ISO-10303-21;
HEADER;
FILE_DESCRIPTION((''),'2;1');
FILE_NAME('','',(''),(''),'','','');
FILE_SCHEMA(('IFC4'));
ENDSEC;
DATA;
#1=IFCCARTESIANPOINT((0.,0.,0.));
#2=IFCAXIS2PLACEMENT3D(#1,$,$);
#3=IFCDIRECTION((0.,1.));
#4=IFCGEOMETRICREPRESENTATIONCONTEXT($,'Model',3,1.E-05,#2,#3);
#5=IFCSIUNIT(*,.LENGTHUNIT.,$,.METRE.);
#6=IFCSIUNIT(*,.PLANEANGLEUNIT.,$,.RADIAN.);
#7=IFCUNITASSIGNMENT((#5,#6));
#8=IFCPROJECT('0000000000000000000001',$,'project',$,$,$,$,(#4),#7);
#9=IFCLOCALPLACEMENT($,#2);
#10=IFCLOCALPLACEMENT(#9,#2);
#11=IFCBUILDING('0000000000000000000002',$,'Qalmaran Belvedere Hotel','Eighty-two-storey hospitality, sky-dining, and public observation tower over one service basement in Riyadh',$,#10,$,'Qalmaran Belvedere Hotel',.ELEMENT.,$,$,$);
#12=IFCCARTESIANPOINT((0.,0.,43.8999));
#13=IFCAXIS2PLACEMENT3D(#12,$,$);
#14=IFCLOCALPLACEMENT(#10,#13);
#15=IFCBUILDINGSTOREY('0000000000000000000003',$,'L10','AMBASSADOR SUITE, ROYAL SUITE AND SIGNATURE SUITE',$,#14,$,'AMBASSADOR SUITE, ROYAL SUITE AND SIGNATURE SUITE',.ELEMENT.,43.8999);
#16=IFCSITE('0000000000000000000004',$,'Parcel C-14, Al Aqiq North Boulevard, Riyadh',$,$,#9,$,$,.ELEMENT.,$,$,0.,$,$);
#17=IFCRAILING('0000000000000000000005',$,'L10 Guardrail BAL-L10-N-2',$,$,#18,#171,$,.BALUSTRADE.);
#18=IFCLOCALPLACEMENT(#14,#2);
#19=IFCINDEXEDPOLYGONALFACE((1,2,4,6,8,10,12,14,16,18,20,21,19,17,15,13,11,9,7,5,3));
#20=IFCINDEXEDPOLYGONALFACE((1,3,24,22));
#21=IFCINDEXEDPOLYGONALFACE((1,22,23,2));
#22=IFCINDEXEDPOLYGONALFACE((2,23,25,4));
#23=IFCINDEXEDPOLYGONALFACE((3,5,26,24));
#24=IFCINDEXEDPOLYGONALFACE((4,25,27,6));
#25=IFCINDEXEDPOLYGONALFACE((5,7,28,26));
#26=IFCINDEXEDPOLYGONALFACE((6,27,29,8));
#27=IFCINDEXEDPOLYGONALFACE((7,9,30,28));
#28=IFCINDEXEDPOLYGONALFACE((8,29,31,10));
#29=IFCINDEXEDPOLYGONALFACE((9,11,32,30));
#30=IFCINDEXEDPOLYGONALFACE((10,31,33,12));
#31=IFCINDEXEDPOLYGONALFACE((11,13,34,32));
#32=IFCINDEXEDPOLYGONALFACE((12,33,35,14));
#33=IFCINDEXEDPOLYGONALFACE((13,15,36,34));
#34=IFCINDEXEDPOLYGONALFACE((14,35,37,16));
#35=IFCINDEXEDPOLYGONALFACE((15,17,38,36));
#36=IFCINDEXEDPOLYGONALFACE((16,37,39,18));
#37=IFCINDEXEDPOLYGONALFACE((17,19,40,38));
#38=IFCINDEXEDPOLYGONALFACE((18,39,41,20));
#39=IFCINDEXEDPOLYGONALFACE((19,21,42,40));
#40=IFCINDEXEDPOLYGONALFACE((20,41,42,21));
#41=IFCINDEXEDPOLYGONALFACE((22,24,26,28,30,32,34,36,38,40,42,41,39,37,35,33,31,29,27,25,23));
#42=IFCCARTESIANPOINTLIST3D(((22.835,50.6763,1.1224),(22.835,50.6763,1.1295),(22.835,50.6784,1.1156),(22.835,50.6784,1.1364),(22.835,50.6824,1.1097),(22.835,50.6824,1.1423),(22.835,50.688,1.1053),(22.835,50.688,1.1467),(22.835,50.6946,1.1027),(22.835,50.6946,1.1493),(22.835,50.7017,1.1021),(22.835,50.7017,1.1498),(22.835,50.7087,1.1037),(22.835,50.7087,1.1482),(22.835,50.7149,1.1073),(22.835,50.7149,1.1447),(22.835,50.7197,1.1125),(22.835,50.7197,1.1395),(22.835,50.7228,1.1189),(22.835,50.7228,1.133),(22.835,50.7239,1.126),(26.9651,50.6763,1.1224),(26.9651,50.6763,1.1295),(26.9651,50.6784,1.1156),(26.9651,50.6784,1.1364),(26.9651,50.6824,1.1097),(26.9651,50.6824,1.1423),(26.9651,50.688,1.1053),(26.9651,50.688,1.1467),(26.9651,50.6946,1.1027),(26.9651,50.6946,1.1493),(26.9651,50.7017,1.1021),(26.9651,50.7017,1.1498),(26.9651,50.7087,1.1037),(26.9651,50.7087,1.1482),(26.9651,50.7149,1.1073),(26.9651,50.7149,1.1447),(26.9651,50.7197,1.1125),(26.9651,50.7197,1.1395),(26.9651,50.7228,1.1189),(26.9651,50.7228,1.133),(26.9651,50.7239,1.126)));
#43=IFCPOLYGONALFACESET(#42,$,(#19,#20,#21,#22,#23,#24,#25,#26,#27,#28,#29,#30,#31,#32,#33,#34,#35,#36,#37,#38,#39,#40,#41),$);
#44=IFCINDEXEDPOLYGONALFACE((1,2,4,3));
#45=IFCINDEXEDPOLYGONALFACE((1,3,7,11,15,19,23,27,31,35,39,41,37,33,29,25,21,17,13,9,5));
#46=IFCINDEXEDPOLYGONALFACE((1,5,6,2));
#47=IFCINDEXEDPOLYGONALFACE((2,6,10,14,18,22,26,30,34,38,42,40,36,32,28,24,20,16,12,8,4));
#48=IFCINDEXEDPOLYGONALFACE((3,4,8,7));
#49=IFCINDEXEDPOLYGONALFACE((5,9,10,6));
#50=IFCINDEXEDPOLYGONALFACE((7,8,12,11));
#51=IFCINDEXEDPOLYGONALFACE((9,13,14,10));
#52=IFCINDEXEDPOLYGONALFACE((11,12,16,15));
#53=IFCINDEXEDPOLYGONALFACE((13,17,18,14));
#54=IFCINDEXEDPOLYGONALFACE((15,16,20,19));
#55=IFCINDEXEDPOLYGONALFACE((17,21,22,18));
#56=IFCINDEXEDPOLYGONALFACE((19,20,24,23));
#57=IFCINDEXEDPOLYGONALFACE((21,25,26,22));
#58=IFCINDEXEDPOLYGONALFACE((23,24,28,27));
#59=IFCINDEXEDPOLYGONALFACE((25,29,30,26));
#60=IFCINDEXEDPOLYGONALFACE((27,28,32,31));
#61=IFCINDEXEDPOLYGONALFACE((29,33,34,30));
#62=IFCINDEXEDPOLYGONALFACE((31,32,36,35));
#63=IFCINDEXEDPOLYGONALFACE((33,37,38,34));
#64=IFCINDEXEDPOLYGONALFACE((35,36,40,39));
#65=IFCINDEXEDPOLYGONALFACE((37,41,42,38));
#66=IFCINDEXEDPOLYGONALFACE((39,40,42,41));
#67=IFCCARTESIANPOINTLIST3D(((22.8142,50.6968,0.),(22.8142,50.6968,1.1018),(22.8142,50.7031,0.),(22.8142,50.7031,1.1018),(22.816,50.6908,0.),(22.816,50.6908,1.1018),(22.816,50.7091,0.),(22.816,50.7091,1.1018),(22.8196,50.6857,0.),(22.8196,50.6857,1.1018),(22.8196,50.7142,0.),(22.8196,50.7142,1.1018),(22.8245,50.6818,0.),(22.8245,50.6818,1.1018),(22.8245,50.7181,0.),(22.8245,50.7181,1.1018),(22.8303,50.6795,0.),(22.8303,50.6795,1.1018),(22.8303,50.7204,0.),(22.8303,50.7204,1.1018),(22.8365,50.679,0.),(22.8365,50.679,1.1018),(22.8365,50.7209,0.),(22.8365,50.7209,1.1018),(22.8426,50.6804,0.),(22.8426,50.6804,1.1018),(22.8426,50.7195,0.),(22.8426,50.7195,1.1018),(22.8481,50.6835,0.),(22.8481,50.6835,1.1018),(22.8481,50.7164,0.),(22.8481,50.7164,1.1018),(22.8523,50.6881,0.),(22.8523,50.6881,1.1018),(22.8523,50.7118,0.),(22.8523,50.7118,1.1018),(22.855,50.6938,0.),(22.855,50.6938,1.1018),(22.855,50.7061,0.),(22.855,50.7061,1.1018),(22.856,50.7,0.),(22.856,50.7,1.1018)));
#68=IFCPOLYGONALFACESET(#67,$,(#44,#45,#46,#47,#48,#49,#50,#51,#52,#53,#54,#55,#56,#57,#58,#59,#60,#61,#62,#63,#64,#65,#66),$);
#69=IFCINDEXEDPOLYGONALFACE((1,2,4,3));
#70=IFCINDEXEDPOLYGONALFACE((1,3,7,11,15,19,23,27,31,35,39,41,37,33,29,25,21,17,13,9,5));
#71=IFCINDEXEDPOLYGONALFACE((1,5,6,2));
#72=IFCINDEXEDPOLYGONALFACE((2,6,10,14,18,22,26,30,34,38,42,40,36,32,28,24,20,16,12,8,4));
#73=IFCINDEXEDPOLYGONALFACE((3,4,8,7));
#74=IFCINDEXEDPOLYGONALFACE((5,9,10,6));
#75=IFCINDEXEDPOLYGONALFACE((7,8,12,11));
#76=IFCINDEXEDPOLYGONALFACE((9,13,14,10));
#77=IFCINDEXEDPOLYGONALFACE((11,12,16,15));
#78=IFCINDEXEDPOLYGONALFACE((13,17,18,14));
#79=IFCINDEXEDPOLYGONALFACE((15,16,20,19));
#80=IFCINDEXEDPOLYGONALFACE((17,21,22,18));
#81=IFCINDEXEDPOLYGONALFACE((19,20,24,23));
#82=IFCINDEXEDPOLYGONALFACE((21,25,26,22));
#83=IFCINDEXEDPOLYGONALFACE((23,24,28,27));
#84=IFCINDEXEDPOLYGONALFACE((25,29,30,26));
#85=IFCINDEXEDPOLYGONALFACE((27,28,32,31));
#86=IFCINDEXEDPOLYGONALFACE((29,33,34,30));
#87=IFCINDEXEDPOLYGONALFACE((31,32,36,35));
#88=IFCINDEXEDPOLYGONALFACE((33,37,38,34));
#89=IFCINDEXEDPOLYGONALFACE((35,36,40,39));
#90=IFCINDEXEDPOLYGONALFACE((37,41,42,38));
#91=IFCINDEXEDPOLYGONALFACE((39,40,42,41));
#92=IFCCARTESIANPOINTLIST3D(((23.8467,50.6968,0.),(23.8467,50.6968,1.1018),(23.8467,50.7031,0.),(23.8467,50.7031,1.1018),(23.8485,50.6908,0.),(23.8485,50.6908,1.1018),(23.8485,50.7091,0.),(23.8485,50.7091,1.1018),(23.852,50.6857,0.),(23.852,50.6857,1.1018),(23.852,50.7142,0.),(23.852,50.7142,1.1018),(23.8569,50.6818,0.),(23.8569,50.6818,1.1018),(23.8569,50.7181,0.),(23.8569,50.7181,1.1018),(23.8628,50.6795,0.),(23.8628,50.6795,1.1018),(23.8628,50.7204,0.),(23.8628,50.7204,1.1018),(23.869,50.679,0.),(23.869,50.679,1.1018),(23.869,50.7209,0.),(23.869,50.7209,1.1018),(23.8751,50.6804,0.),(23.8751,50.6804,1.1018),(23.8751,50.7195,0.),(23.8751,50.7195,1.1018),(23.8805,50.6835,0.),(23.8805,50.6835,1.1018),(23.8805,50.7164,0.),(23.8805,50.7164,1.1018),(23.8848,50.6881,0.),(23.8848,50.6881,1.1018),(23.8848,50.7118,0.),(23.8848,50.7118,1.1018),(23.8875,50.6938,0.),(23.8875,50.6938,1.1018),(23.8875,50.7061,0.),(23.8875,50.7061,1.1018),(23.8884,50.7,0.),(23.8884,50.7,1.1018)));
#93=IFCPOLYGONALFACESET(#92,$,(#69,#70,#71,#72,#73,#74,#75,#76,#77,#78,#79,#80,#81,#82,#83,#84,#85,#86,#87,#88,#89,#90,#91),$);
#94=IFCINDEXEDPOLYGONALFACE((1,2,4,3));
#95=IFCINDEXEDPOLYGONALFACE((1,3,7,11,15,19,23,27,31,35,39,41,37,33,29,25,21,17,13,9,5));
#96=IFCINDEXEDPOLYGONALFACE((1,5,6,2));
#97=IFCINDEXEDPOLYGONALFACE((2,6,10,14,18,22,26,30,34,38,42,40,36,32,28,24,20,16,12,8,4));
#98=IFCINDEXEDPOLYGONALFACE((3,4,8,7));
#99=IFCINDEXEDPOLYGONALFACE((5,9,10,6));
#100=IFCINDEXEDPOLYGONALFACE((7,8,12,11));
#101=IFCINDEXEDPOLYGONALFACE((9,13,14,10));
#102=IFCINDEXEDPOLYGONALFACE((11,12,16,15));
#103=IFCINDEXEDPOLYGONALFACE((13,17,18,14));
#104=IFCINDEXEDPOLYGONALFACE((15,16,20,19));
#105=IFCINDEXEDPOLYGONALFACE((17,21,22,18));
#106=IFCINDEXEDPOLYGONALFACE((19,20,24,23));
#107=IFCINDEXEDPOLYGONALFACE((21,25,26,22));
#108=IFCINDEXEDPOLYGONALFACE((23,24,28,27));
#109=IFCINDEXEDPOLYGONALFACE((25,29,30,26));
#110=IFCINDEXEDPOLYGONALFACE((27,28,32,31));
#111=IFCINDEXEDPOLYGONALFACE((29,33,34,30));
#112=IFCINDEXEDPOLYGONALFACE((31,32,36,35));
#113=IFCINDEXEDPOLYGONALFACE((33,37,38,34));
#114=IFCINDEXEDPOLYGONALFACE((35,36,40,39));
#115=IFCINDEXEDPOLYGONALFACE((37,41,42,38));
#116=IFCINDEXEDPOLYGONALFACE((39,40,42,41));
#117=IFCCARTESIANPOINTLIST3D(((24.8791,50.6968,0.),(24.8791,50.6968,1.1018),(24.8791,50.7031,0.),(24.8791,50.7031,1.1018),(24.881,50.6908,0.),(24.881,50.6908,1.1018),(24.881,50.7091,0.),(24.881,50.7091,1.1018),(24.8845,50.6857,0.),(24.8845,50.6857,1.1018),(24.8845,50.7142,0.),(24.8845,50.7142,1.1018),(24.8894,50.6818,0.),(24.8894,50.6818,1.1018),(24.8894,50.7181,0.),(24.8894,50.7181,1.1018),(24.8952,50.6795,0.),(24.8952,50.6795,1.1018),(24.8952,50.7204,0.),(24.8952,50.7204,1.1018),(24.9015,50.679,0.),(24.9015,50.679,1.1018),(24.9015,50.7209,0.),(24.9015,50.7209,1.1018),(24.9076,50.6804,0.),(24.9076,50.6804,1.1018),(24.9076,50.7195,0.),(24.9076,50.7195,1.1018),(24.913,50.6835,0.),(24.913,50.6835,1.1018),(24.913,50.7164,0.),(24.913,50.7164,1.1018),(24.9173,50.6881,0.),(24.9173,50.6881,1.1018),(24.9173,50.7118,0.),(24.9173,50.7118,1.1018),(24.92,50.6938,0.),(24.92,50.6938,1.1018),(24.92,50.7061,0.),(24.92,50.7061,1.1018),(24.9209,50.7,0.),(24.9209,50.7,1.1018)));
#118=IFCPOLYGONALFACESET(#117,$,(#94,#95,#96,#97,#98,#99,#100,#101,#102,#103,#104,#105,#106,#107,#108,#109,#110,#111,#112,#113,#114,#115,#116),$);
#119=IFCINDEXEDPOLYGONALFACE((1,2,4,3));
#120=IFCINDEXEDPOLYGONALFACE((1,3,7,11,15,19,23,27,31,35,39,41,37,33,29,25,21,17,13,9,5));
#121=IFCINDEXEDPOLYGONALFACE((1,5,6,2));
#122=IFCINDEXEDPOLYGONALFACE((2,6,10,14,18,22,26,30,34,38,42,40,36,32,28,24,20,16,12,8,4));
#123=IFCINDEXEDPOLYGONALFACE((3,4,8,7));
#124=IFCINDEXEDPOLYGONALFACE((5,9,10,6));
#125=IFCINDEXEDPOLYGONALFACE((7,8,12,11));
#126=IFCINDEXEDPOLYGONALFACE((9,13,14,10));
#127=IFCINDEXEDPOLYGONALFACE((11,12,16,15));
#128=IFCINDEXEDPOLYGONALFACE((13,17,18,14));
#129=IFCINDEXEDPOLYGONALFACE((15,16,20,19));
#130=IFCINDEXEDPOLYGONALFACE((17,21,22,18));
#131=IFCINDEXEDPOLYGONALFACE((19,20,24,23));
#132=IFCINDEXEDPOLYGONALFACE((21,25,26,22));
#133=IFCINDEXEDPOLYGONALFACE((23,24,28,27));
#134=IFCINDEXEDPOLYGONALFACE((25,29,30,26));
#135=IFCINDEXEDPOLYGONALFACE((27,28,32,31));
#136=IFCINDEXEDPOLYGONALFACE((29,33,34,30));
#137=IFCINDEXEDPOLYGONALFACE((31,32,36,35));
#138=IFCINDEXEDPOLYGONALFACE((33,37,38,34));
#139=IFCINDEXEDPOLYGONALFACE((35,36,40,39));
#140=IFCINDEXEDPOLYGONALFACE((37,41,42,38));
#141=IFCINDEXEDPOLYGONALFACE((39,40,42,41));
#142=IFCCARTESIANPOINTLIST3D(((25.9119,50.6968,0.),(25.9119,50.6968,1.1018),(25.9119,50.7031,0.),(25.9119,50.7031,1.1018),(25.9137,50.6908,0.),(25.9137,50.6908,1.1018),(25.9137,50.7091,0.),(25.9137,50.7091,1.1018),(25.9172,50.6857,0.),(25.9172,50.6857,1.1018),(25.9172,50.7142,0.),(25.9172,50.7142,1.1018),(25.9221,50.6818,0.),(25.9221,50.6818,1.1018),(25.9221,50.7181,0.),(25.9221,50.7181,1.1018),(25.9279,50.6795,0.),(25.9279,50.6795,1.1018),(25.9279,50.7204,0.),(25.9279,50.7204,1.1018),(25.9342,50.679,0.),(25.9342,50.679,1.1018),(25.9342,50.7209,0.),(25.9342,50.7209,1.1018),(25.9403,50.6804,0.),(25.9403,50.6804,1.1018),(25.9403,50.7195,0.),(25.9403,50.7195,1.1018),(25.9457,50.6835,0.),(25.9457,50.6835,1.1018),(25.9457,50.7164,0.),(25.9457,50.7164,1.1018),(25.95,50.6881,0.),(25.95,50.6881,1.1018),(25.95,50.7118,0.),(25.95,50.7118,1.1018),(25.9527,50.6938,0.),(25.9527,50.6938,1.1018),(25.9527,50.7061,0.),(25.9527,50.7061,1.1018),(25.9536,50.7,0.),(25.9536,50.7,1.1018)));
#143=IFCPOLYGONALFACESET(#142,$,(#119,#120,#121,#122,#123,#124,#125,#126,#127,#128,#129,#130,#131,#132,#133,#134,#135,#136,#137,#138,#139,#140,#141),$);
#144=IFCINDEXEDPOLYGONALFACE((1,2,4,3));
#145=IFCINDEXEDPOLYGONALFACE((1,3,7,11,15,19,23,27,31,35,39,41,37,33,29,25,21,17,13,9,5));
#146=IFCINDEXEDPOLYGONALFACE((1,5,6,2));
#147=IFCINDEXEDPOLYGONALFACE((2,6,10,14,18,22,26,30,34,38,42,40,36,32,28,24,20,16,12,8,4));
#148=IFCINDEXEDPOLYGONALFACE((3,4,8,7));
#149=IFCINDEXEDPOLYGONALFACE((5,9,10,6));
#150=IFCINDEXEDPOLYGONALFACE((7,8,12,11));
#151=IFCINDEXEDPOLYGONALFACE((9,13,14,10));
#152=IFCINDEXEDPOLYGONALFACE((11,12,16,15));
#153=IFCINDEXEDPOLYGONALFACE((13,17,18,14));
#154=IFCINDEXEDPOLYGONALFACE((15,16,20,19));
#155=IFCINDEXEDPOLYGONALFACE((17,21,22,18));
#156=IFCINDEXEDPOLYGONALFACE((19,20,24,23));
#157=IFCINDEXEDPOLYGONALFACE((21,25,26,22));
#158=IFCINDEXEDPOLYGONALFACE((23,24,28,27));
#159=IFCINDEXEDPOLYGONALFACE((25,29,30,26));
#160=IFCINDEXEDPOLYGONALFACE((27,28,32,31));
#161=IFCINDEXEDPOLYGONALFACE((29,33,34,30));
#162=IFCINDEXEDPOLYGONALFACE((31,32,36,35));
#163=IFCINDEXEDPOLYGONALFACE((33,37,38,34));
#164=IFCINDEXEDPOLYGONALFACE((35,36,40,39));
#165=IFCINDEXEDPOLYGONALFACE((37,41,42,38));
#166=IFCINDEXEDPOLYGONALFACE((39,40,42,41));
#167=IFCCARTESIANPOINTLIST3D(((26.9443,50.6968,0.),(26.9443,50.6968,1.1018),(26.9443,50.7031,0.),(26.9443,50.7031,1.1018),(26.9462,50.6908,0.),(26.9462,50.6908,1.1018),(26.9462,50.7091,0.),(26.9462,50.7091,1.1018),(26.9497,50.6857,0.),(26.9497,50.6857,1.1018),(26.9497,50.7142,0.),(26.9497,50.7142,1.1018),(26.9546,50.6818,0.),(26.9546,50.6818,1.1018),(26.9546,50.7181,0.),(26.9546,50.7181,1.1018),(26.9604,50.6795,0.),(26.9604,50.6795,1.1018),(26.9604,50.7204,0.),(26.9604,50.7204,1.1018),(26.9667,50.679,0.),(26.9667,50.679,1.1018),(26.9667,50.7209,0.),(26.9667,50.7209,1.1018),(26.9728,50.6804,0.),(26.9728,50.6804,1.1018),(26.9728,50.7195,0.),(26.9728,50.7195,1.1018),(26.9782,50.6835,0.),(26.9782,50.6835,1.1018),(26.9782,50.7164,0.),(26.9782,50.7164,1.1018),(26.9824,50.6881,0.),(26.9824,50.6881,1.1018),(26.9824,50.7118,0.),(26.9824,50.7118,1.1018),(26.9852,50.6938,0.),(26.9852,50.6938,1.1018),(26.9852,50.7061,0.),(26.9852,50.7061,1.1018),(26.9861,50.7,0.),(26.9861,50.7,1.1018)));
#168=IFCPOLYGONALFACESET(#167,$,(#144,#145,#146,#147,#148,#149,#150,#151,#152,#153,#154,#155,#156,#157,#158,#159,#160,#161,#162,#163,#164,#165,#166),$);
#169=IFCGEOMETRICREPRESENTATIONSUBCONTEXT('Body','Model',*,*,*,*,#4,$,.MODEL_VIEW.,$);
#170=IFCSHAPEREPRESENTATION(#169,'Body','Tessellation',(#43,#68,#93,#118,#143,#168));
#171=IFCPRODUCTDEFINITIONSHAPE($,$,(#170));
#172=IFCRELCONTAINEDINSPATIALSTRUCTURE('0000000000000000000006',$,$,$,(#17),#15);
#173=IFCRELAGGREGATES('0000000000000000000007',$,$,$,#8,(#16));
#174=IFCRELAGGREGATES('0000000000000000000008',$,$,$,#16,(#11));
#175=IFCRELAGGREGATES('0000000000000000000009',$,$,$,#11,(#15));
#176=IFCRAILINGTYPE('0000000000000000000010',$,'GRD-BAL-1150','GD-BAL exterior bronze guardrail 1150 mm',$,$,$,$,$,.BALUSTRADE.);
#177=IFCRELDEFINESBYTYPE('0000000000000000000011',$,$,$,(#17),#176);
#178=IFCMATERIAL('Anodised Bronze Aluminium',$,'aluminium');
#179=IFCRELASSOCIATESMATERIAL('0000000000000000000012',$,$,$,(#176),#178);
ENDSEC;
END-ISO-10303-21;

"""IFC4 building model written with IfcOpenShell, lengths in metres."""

from ifc_helpers import new_model, si_unit, direction, frame, origin, origin_2d, place, context, subcontext, project, spatial, circle, extrude, material, type_object, element, save


model = new_model("IFC4")

# Units and contexts
model_context = context("Model", 3, precision=1e-05, world=origin(), true_north=direction((0.0, 1.0)))
body_context = subcontext(model_context, "Body", "Model", "MODEL_VIEW")
ifc_project = project(units=[si_unit("LENGTHUNIT", "METRE"), si_unit("PLANEANGLEUNIT", "RADIAN")], contexts=[model_context])

# Site, building, storey
site_placement = place(None, origin())
site = spatial("IfcSite", under=ifc_project, at=site_placement, Name="Parcel C-14, Al Aqiq North Boulevard, Riyadh", CompositionType="ELEMENT", RefElevation=0.0)
building_placement = place(site_placement, origin())
building = spatial("IfcBuilding", under=site, at=building_placement, Name="Qalmaran Belvedere Hotel", Description="Eighty-two-storey hospitality, sky-dining, and public observation tower over one service basement in Riyadh", LongName="Qalmaran Belvedere Hotel", CompositionType="ELEMENT")
storey_placement = place(building_placement, frame((0.0, 0.0, 43.8999)))
storey = spatial("IfcBuildingStorey", under=building, at=storey_placement, Name="L10", Description="AMBASSADOR SUITE, ROYAL SUITE AND SIGNATURE SUITE", LongName="AMBASSADOR SUITE, ROYAL SUITE AND SIGNATURE SUITE", CompositionType="ELEMENT", Elevation=43.8999)

# Shared definitions
ifc_material_1 = material(Name="Anodised Bronze Aluminium", Category="aluminium")

# Railing
railing_type = type_object("IfcRailingType", Name="GRD-BAL-1150", Description="GD-BAL exterior bronze guardrail 1150 mm", PredefinedType="BALUSTRADE", material=ifc_material_1)
railing_1_placement = place(storey_placement, frame((22.835, 50.7, 0.0)))
element("IfcRailing", 1, at=railing_1_placement, inside=storey, type_object=railing_type, Name="L10 Guardrail BAL-L10-N-2", PredefinedType="BALUSTRADE", context=body_context, shape_type="SweptSolid", body=[
    extrude(circle(Radius=0.0239, at=origin_2d()), frame((0.0, 0.0, 1.126), z_axis=(1.0, 0.0, 0.0), x_axis=(0.0, 1.0, 0.0)), (0.0, 0.0, 1.0), 4.1301),
    extrude(circle(Radius=0.021, at=origin_2d()), origin(), (0.0, 0.0, 1.0), 1.1018),
    extrude(circle(Radius=0.021, at=origin_2d()), frame((1.0325, 0.0, 0.0)), (0.0, 0.0, 1.0), 1.1018),
    extrude(circle(Radius=0.021, at=origin_2d()), frame((2.0649, 0.0, 0.0)), (0.0, 0.0, 1.0), 1.1018),
    extrude(circle(Radius=0.021, at=origin_2d()), frame((3.0977, 0.0, 0.0)), (0.0, 0.0, 1.0), 1.1018),
    extrude(circle(Radius=0.021, at=origin_2d()), frame((4.1301, 0.0, 0.0)), (0.0, 0.0, 1.0), 1.1018),
])

save(model, "model.ifc")
